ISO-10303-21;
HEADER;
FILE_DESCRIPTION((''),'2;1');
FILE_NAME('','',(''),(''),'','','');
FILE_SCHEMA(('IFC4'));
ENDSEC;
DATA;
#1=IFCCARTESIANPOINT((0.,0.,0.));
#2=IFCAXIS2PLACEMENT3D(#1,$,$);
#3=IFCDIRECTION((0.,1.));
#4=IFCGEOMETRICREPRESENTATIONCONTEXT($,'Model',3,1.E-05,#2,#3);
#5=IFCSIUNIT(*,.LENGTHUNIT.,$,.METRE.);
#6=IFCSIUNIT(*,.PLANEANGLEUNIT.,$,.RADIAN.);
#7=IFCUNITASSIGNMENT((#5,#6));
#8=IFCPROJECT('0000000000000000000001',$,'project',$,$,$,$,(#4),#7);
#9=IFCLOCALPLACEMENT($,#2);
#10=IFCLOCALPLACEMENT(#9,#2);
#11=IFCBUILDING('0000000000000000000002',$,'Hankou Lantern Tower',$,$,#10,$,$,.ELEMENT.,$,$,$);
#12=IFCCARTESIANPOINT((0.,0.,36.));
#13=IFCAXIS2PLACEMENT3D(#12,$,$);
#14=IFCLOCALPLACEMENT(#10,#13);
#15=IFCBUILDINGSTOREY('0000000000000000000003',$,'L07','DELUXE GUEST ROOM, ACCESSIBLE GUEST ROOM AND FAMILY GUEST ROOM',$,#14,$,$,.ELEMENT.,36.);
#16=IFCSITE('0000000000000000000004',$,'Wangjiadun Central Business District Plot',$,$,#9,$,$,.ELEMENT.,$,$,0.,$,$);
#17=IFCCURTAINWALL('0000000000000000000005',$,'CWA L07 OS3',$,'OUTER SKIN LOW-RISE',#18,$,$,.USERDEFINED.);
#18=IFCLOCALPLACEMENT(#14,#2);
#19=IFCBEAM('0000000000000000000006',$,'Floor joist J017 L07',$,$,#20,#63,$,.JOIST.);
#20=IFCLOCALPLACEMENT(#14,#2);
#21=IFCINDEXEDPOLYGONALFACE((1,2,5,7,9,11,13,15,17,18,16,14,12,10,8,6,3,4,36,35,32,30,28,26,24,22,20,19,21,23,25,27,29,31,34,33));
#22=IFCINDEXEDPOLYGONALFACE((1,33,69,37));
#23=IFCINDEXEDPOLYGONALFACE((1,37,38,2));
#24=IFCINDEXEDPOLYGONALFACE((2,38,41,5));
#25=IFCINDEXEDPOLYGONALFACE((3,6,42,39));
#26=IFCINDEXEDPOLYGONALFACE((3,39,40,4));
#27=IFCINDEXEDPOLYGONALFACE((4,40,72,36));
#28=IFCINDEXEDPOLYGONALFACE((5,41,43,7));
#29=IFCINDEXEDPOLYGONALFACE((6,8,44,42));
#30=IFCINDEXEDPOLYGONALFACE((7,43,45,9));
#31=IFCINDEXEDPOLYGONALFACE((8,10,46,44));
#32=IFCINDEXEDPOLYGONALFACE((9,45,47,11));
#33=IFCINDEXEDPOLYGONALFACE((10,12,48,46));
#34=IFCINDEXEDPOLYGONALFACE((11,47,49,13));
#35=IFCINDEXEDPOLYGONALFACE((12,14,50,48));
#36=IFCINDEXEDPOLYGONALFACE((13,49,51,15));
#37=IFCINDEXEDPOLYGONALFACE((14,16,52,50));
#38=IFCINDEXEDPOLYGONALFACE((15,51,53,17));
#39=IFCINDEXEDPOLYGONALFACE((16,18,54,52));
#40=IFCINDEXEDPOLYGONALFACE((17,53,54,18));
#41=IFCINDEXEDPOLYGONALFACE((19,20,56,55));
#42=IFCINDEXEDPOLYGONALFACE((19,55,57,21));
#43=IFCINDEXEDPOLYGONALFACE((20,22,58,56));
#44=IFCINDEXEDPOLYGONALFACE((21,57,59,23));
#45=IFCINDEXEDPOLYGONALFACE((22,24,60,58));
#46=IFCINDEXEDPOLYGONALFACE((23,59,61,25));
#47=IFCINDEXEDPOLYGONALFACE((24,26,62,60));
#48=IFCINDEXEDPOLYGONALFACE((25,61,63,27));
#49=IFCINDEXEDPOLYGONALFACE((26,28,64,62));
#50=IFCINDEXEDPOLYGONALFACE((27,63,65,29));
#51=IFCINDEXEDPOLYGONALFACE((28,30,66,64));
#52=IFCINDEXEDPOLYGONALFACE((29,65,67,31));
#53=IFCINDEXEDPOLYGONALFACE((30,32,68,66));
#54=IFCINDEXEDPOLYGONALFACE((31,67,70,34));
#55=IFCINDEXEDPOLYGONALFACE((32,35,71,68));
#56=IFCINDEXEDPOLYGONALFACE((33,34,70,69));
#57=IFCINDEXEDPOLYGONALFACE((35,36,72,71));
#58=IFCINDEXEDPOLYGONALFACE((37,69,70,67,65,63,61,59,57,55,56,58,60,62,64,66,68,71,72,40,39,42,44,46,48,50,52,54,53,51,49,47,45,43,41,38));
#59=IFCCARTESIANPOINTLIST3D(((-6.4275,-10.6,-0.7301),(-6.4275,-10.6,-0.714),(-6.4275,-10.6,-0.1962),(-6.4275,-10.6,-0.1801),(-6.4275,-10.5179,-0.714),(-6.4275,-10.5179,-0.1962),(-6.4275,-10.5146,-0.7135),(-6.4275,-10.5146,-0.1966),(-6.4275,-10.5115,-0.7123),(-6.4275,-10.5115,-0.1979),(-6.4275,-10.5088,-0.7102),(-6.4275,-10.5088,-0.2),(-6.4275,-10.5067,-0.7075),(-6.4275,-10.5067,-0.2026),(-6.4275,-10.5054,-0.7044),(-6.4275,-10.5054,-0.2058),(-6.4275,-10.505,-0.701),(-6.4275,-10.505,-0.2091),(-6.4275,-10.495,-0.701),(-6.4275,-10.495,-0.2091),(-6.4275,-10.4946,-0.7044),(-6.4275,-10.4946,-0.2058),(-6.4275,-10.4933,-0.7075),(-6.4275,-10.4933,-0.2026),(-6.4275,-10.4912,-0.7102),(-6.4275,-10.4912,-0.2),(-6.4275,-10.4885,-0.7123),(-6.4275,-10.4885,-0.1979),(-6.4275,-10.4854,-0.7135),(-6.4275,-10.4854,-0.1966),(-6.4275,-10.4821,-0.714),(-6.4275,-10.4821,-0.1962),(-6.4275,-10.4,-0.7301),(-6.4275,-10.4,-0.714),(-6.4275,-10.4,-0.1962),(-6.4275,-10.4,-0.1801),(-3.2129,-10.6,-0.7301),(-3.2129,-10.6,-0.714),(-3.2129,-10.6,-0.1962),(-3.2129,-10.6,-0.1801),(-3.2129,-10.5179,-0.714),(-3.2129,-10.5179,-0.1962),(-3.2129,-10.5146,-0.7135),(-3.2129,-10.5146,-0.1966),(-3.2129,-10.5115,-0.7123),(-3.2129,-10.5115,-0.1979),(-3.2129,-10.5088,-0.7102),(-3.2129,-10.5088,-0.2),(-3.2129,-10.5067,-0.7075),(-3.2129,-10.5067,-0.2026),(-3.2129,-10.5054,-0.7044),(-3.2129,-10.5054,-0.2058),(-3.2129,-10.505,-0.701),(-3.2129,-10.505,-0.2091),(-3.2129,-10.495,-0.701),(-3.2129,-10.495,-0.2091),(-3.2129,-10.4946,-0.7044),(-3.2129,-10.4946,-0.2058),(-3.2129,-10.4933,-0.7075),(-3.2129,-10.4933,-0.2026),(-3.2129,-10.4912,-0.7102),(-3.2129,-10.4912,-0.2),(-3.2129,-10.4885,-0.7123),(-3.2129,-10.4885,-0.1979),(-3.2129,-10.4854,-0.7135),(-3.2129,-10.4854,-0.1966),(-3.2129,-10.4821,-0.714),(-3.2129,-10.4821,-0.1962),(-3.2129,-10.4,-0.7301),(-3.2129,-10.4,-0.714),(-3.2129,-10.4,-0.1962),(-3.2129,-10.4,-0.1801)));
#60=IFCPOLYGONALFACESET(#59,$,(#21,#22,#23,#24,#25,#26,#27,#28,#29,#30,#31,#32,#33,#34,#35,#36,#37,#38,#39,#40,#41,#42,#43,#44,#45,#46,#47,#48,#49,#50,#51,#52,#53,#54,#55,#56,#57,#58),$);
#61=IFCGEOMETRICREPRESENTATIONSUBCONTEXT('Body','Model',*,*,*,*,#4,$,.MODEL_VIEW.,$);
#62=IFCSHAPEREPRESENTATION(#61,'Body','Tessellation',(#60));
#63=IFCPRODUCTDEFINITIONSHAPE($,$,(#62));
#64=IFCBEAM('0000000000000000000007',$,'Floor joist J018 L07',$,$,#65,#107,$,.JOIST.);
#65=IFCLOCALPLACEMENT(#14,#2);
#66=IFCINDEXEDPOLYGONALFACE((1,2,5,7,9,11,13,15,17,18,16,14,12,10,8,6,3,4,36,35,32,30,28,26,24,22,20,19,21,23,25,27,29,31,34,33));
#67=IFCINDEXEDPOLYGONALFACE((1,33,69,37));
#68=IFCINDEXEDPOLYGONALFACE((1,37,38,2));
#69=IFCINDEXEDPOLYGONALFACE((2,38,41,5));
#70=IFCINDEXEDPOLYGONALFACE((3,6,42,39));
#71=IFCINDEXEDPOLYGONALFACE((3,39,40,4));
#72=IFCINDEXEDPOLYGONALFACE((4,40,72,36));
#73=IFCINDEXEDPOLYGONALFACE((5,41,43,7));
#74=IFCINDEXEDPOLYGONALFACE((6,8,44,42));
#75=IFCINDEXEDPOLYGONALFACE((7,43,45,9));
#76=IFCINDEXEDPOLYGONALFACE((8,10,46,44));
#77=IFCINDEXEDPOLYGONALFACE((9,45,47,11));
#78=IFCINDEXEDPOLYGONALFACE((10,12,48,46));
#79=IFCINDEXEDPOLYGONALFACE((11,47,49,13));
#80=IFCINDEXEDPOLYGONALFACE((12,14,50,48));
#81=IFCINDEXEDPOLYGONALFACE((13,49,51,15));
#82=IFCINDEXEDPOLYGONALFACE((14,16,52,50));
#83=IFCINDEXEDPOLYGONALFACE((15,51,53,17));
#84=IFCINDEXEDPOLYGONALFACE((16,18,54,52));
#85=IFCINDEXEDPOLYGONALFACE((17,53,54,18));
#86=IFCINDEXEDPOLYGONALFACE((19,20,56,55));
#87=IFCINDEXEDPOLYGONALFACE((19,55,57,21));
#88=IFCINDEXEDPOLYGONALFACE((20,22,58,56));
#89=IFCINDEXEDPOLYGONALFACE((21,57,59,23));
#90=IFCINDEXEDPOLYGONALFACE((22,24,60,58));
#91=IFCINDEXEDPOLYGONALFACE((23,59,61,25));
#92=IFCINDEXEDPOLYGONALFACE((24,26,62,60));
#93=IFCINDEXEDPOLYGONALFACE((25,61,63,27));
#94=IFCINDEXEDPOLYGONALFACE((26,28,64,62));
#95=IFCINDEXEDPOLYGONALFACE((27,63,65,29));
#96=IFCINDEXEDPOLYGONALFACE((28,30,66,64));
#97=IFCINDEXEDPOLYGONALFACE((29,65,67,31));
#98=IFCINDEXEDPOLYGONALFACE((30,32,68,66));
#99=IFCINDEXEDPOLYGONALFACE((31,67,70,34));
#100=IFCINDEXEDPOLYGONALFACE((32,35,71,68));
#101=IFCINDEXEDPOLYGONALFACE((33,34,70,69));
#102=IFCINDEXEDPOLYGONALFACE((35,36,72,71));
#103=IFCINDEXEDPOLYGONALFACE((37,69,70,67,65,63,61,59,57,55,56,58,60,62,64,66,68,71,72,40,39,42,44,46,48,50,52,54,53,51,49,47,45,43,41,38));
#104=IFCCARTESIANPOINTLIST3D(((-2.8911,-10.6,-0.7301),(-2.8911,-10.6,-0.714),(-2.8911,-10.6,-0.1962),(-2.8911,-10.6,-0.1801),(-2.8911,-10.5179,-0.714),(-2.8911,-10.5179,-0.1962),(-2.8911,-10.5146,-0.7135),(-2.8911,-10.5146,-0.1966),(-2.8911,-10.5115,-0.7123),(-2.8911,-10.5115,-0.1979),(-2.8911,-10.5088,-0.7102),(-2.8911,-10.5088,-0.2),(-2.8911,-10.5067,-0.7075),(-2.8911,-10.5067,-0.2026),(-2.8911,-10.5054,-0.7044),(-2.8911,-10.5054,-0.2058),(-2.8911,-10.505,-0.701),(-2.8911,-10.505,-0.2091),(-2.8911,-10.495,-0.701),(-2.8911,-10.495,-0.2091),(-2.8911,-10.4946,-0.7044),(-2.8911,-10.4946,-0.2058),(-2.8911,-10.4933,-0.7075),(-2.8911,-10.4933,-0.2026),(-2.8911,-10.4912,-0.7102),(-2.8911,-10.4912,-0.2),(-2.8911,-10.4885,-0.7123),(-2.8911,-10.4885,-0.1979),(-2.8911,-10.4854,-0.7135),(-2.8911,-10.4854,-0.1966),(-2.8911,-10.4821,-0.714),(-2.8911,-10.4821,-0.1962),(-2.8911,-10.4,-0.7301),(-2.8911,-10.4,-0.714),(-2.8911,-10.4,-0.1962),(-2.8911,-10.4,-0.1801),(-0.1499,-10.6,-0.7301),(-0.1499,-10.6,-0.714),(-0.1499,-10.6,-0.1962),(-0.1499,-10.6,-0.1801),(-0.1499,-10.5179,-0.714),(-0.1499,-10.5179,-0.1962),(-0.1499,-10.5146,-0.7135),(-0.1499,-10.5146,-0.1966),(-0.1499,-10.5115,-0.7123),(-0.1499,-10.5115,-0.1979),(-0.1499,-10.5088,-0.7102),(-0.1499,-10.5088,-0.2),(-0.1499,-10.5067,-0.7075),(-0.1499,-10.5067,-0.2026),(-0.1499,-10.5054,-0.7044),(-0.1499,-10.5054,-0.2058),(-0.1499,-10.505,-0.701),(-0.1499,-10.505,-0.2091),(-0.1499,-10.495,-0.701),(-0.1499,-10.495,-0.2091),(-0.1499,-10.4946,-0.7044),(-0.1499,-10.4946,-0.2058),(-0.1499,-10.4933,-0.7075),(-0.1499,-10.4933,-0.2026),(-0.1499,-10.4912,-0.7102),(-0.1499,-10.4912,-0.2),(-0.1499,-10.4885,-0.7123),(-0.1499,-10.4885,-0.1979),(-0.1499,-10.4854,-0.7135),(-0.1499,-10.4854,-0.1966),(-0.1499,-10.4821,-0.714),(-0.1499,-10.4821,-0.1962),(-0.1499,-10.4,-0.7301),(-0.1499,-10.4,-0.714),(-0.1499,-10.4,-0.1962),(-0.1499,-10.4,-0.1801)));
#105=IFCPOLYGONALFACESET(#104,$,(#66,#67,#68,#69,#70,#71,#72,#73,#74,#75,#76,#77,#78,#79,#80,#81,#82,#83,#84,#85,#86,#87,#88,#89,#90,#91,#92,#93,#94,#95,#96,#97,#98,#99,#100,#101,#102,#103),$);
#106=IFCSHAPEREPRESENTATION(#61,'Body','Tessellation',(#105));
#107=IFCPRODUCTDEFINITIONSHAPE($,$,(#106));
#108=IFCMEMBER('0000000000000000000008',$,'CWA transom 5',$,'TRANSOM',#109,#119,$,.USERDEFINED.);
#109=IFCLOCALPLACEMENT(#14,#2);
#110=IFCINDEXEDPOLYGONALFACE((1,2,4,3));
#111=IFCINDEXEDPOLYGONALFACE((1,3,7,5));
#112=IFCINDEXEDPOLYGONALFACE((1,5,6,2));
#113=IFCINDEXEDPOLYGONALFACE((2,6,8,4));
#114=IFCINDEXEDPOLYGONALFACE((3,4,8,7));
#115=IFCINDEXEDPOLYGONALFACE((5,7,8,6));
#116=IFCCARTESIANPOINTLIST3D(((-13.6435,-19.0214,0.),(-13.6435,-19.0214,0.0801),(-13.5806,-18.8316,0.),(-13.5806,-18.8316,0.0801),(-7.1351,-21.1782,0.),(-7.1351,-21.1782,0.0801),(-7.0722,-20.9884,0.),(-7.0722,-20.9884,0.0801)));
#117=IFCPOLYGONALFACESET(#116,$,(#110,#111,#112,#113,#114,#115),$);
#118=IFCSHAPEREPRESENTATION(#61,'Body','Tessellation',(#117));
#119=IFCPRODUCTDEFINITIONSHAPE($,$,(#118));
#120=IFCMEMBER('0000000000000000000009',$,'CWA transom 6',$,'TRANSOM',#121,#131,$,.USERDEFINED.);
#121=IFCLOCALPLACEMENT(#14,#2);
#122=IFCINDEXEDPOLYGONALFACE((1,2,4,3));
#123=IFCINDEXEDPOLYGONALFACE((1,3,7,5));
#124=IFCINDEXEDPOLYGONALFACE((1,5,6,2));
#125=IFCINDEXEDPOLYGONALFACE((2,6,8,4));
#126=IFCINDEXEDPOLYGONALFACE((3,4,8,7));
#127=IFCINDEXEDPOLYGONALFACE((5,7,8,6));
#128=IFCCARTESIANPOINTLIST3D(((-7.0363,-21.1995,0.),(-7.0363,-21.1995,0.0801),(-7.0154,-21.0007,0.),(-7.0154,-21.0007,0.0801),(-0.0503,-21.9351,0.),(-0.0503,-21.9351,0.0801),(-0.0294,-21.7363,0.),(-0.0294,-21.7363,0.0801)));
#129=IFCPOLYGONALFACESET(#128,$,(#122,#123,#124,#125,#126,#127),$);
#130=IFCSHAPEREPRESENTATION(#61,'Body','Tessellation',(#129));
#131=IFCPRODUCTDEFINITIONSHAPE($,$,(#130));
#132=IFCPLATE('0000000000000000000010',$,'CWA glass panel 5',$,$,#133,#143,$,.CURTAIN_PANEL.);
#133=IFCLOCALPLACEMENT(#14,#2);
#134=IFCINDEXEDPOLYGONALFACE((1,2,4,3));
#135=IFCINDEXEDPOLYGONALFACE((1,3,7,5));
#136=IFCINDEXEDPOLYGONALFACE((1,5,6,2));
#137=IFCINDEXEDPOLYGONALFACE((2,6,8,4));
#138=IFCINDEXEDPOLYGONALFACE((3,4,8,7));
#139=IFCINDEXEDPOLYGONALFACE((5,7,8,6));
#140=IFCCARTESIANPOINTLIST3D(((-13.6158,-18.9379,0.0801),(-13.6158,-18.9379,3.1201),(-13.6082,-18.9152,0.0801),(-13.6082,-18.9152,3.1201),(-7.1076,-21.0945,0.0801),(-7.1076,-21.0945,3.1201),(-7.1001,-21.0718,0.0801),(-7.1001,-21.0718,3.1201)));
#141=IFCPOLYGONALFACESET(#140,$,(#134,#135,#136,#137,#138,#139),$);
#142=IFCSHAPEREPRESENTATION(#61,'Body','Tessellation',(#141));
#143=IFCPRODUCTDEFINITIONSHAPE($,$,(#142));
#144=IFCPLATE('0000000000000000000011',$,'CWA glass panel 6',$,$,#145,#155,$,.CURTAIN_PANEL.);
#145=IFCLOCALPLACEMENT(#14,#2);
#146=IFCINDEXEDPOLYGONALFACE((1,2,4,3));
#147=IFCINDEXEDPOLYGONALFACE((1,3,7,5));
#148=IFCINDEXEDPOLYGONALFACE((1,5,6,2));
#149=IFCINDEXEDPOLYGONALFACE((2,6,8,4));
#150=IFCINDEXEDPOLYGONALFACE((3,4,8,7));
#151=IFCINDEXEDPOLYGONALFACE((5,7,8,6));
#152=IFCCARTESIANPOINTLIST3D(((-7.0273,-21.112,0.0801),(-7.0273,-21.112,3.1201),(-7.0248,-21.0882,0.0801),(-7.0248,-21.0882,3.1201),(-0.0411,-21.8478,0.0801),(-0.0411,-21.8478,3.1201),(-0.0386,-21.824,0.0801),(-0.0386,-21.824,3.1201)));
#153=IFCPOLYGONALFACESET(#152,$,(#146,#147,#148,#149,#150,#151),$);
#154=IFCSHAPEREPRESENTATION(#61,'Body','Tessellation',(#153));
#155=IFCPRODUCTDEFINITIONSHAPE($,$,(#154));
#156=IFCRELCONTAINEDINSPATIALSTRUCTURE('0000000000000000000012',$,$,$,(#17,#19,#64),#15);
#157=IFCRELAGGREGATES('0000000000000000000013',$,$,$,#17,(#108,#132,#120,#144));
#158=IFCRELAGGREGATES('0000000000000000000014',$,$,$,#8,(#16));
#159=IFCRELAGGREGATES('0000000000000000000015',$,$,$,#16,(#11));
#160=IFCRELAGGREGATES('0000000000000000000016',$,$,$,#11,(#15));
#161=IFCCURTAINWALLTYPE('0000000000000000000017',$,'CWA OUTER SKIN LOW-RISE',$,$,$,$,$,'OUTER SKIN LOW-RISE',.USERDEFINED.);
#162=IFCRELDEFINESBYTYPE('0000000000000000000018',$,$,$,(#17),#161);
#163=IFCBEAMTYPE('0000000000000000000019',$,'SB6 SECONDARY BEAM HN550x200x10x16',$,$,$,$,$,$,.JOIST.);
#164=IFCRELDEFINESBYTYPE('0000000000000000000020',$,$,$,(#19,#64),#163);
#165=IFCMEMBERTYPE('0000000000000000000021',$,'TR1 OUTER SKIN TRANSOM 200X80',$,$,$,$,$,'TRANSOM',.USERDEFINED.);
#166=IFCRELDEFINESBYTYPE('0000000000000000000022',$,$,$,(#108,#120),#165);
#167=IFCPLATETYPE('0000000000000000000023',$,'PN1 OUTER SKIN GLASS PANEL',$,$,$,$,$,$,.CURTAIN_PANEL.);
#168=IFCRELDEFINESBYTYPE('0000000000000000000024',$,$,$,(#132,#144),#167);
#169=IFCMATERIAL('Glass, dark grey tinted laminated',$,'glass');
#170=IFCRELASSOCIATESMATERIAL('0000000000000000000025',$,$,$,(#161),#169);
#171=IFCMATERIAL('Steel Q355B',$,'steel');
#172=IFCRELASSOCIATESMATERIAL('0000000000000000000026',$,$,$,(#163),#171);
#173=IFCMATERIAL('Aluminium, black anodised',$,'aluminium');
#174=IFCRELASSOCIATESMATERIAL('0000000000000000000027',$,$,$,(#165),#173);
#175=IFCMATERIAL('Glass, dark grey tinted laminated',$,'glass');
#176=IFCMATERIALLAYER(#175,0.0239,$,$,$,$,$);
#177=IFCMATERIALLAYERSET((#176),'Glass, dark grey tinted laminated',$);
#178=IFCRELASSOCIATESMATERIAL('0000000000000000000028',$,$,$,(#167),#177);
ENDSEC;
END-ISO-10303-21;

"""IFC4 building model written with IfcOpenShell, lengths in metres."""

from ifc_helpers import new_model, si_unit, direction, frame, origin, origin_2d, place, context, subcontext, project, spatial, rectangle, i_section, extrude, material, layer, layer_set, material_profile, profile_set, type_object, element, aggregate, save


model = new_model("IFC4")

# Units and contexts
model_context = context("Model", 3, precision=1e-05, world=origin(), true_north=direction((0.0, 1.0)))
body_context = subcontext(model_context, "Body", "Model", "MODEL_VIEW")
ifc_project = project(units=[si_unit("LENGTHUNIT", "METRE"), si_unit("PLANEANGLEUNIT", "RADIAN")], contexts=[model_context])

# Site, building, storey
site_placement = place(None, origin())
site = spatial("IfcSite", under=ifc_project, at=site_placement, Name="Wangjiadun Central Business District Plot", CompositionType="ELEMENT", RefElevation=0.0)
building_placement = place(site_placement, origin())
building = spatial("IfcBuilding", under=site, at=building_placement, Name="Hankou Lantern Tower", CompositionType="ELEMENT")
storey_placement = place(building_placement, frame((0.0, 0.0, 36.0)))
storey = spatial("IfcBuildingStorey", under=building, at=storey_placement, Name="L07", Description="DELUXE GUEST ROOM, ACCESSIBLE GUEST ROOM AND FAMILY GUEST ROOM", CompositionType="ELEMENT", Elevation=36.0)

# Curtain wall
ifc_material_1 = material(Name="Glass, dark grey tinted laminated", Category="glass")
curtain_wall_type = type_object("IfcCurtainWallType", Name="CWA OUTER SKIN LOW-RISE", ElementType="OUTER SKIN LOW-RISE", PredefinedType="USERDEFINED", material=ifc_material_1)
curtain_wall_placement = place(storey_placement, origin())
curtain_wall = element("IfcCurtainWall", 1, at=curtain_wall_placement, inside=storey, type_object=curtain_wall_type, Name="CWA L07 OS3", ObjectType="OUTER SKIN LOW-RISE", PredefinedType="USERDEFINED")

# Beams
ifc_material_2 = material(Name="Steel Q355B", Category="steel")
ifc_material_profile_1 = material_profile(ifc_material_2, i_section(OverallWidth=0.2, OverallDepth=0.55, WebThickness=0.01, FlangeThickness=0.0161, FilletRadius=0.0129, at=origin_2d()), Name="HN550x200x10x16")
ifc_profile_set_1 = profile_set([ifc_material_profile_1], Name="Steel Q355B")
beam_type_1 = type_object("IfcBeamType", Name="SB6 SECONDARY BEAM HN550x200x10x16", PredefinedType="JOIST", material=ifc_profile_set_1)
beam_1_placement = place(storey_placement, frame((-6.4275, -10.5, -0.4551), z_axis=(1.0, 0.0, 0.0), x_axis=(0.0, 1.0, 0.0)))
element("IfcBeam", 2, at=beam_1_placement, inside=storey, type_object=beam_type_1, Name="Floor joist J017 L07", PredefinedType="JOIST", context=body_context, shape_type="SweptSolid", body=[
    extrude(i_section(OverallWidth=0.2, OverallDepth=0.55, WebThickness=0.01, FlangeThickness=0.0161, FilletRadius=0.0129, at=origin_2d()), origin(), (0.0, 0.0, 1.0), 3.2146),
])
beam_2_placement = place(storey_placement, frame((-2.8911, -10.5, -0.4551), z_axis=(1.0, 0.0, 0.0), x_axis=(0.0, 1.0, 0.0)))
element("IfcBeam", 3, at=beam_2_placement, inside=storey, type_object=beam_type_1, Name="Floor joist J018 L07", PredefinedType="JOIST", context=body_context, shape_type="SweptSolid", body=[
    extrude(i_section(OverallWidth=0.2, OverallDepth=0.55, WebThickness=0.01, FlangeThickness=0.0161, FilletRadius=0.0129, at=origin_2d()), origin(), (0.0, 0.0, 1.0), 2.7412),
])

# Members
ifc_material_3 = material(Name="Aluminium, black anodised", Category="aluminium")
ifc_material_profile_2 = material_profile(ifc_material_3, rectangle(XDim=0.2, YDim=0.0801, at=origin_2d()), Name="TR1 200X80")
ifc_profile_set_2 = profile_set([ifc_material_profile_2], Name="Aluminium, black anodised")
member_type_1 = type_object("IfcMemberType", Name="TR1 OUTER SKIN TRANSOM 200X80", ElementType="TRANSOM", PredefinedType="USERDEFINED", material=ifc_profile_set_2)
member_1_placement = place(storey_placement, frame((-13.6121, -18.9265, 0.04), z_axis=(0.949237, -0.314561, 0.0), x_axis=(0.314561, 0.949237, 0.0)))
member_1 = element("IfcMember", 4, at=member_1_placement, type_object=member_type_1, Name="CWA transom 5", ObjectType="TRANSOM", PredefinedType="USERDEFINED", context=body_context, shape_type="SweptSolid", body=[
    extrude(rectangle(XDim=0.2, YDim=0.0801, at=origin_2d()), origin(), (0.0, 0.0, 1.0), 6.8564),
])
member_2_placement = place(storey_placement, frame((-7.0259, -21.1001, 0.04), z_axis=(0.994502, -0.104716, 0.0), x_axis=(0.104716, 0.994502, 0.0)))
member_2 = element("IfcMember", 5, at=member_2_placement, type_object=member_type_1, Name="CWA transom 6", ObjectType="TRANSOM", PredefinedType="USERDEFINED", context=body_context, shape_type="SweptSolid", body=[
    extrude(rectangle(XDim=0.2, YDim=0.0801, at=origin_2d()), origin(), (0.0, 0.0, 1.0), 7.0247),
])

# Plates
ifc_material_4 = material(Name="Glass, dark grey tinted laminated", Category="glass")
ifc_layer_1 = layer(ifc_material_4, 0.0239)
ifc_layer_set_1 = layer_set([ifc_layer_1], Name="Glass, dark grey tinted laminated")
plate_type = type_object("IfcPlateType", Name="PN1 OUTER SKIN GLASS PANEL", PredefinedType="CURTAIN_PANEL", material=ifc_layer_set_1)
plate_1_placement = place(storey_placement, frame((-10.3579, -20.0049, 0.0801), z_axis=(0.0, 0.0, 1.0), x_axis=(0.949241, -0.314551, 0.0)))
plate_1 = element("IfcPlate", 6, at=plate_1_placement, type_object=plate_type, Name="CWA glass panel 5", PredefinedType="CURTAIN_PANEL", context=body_context, shape_type="SweptSolid", body=[
    extrude(rectangle(XDim=6.8562, YDim=0.0239, at=origin_2d()), origin(), (0.0, 0.0, 1.0), 3.04),
])
plate_2_placement = place(storey_placement, frame((-3.533, -21.468, 0.0801), z_axis=(0.0, 0.0, 1.0), x_axis=(0.994499, -0.104743, 0.0)))
plate_2 = element("IfcPlate", 7, at=plate_2_placement, type_object=plate_type, Name="CWA glass panel 6", PredefinedType="CURTAIN_PANEL", context=body_context, shape_type="SweptSolid", body=[
    extrude(rectangle(XDim=7.0249, YDim=0.0239, at=origin_2d()), origin(), (0.0, 0.0, 1.0), 3.04),
])
aggregate(curtain_wall, [member_1, plate_1, member_2, plate_2])

save(model, "model.ifc")
